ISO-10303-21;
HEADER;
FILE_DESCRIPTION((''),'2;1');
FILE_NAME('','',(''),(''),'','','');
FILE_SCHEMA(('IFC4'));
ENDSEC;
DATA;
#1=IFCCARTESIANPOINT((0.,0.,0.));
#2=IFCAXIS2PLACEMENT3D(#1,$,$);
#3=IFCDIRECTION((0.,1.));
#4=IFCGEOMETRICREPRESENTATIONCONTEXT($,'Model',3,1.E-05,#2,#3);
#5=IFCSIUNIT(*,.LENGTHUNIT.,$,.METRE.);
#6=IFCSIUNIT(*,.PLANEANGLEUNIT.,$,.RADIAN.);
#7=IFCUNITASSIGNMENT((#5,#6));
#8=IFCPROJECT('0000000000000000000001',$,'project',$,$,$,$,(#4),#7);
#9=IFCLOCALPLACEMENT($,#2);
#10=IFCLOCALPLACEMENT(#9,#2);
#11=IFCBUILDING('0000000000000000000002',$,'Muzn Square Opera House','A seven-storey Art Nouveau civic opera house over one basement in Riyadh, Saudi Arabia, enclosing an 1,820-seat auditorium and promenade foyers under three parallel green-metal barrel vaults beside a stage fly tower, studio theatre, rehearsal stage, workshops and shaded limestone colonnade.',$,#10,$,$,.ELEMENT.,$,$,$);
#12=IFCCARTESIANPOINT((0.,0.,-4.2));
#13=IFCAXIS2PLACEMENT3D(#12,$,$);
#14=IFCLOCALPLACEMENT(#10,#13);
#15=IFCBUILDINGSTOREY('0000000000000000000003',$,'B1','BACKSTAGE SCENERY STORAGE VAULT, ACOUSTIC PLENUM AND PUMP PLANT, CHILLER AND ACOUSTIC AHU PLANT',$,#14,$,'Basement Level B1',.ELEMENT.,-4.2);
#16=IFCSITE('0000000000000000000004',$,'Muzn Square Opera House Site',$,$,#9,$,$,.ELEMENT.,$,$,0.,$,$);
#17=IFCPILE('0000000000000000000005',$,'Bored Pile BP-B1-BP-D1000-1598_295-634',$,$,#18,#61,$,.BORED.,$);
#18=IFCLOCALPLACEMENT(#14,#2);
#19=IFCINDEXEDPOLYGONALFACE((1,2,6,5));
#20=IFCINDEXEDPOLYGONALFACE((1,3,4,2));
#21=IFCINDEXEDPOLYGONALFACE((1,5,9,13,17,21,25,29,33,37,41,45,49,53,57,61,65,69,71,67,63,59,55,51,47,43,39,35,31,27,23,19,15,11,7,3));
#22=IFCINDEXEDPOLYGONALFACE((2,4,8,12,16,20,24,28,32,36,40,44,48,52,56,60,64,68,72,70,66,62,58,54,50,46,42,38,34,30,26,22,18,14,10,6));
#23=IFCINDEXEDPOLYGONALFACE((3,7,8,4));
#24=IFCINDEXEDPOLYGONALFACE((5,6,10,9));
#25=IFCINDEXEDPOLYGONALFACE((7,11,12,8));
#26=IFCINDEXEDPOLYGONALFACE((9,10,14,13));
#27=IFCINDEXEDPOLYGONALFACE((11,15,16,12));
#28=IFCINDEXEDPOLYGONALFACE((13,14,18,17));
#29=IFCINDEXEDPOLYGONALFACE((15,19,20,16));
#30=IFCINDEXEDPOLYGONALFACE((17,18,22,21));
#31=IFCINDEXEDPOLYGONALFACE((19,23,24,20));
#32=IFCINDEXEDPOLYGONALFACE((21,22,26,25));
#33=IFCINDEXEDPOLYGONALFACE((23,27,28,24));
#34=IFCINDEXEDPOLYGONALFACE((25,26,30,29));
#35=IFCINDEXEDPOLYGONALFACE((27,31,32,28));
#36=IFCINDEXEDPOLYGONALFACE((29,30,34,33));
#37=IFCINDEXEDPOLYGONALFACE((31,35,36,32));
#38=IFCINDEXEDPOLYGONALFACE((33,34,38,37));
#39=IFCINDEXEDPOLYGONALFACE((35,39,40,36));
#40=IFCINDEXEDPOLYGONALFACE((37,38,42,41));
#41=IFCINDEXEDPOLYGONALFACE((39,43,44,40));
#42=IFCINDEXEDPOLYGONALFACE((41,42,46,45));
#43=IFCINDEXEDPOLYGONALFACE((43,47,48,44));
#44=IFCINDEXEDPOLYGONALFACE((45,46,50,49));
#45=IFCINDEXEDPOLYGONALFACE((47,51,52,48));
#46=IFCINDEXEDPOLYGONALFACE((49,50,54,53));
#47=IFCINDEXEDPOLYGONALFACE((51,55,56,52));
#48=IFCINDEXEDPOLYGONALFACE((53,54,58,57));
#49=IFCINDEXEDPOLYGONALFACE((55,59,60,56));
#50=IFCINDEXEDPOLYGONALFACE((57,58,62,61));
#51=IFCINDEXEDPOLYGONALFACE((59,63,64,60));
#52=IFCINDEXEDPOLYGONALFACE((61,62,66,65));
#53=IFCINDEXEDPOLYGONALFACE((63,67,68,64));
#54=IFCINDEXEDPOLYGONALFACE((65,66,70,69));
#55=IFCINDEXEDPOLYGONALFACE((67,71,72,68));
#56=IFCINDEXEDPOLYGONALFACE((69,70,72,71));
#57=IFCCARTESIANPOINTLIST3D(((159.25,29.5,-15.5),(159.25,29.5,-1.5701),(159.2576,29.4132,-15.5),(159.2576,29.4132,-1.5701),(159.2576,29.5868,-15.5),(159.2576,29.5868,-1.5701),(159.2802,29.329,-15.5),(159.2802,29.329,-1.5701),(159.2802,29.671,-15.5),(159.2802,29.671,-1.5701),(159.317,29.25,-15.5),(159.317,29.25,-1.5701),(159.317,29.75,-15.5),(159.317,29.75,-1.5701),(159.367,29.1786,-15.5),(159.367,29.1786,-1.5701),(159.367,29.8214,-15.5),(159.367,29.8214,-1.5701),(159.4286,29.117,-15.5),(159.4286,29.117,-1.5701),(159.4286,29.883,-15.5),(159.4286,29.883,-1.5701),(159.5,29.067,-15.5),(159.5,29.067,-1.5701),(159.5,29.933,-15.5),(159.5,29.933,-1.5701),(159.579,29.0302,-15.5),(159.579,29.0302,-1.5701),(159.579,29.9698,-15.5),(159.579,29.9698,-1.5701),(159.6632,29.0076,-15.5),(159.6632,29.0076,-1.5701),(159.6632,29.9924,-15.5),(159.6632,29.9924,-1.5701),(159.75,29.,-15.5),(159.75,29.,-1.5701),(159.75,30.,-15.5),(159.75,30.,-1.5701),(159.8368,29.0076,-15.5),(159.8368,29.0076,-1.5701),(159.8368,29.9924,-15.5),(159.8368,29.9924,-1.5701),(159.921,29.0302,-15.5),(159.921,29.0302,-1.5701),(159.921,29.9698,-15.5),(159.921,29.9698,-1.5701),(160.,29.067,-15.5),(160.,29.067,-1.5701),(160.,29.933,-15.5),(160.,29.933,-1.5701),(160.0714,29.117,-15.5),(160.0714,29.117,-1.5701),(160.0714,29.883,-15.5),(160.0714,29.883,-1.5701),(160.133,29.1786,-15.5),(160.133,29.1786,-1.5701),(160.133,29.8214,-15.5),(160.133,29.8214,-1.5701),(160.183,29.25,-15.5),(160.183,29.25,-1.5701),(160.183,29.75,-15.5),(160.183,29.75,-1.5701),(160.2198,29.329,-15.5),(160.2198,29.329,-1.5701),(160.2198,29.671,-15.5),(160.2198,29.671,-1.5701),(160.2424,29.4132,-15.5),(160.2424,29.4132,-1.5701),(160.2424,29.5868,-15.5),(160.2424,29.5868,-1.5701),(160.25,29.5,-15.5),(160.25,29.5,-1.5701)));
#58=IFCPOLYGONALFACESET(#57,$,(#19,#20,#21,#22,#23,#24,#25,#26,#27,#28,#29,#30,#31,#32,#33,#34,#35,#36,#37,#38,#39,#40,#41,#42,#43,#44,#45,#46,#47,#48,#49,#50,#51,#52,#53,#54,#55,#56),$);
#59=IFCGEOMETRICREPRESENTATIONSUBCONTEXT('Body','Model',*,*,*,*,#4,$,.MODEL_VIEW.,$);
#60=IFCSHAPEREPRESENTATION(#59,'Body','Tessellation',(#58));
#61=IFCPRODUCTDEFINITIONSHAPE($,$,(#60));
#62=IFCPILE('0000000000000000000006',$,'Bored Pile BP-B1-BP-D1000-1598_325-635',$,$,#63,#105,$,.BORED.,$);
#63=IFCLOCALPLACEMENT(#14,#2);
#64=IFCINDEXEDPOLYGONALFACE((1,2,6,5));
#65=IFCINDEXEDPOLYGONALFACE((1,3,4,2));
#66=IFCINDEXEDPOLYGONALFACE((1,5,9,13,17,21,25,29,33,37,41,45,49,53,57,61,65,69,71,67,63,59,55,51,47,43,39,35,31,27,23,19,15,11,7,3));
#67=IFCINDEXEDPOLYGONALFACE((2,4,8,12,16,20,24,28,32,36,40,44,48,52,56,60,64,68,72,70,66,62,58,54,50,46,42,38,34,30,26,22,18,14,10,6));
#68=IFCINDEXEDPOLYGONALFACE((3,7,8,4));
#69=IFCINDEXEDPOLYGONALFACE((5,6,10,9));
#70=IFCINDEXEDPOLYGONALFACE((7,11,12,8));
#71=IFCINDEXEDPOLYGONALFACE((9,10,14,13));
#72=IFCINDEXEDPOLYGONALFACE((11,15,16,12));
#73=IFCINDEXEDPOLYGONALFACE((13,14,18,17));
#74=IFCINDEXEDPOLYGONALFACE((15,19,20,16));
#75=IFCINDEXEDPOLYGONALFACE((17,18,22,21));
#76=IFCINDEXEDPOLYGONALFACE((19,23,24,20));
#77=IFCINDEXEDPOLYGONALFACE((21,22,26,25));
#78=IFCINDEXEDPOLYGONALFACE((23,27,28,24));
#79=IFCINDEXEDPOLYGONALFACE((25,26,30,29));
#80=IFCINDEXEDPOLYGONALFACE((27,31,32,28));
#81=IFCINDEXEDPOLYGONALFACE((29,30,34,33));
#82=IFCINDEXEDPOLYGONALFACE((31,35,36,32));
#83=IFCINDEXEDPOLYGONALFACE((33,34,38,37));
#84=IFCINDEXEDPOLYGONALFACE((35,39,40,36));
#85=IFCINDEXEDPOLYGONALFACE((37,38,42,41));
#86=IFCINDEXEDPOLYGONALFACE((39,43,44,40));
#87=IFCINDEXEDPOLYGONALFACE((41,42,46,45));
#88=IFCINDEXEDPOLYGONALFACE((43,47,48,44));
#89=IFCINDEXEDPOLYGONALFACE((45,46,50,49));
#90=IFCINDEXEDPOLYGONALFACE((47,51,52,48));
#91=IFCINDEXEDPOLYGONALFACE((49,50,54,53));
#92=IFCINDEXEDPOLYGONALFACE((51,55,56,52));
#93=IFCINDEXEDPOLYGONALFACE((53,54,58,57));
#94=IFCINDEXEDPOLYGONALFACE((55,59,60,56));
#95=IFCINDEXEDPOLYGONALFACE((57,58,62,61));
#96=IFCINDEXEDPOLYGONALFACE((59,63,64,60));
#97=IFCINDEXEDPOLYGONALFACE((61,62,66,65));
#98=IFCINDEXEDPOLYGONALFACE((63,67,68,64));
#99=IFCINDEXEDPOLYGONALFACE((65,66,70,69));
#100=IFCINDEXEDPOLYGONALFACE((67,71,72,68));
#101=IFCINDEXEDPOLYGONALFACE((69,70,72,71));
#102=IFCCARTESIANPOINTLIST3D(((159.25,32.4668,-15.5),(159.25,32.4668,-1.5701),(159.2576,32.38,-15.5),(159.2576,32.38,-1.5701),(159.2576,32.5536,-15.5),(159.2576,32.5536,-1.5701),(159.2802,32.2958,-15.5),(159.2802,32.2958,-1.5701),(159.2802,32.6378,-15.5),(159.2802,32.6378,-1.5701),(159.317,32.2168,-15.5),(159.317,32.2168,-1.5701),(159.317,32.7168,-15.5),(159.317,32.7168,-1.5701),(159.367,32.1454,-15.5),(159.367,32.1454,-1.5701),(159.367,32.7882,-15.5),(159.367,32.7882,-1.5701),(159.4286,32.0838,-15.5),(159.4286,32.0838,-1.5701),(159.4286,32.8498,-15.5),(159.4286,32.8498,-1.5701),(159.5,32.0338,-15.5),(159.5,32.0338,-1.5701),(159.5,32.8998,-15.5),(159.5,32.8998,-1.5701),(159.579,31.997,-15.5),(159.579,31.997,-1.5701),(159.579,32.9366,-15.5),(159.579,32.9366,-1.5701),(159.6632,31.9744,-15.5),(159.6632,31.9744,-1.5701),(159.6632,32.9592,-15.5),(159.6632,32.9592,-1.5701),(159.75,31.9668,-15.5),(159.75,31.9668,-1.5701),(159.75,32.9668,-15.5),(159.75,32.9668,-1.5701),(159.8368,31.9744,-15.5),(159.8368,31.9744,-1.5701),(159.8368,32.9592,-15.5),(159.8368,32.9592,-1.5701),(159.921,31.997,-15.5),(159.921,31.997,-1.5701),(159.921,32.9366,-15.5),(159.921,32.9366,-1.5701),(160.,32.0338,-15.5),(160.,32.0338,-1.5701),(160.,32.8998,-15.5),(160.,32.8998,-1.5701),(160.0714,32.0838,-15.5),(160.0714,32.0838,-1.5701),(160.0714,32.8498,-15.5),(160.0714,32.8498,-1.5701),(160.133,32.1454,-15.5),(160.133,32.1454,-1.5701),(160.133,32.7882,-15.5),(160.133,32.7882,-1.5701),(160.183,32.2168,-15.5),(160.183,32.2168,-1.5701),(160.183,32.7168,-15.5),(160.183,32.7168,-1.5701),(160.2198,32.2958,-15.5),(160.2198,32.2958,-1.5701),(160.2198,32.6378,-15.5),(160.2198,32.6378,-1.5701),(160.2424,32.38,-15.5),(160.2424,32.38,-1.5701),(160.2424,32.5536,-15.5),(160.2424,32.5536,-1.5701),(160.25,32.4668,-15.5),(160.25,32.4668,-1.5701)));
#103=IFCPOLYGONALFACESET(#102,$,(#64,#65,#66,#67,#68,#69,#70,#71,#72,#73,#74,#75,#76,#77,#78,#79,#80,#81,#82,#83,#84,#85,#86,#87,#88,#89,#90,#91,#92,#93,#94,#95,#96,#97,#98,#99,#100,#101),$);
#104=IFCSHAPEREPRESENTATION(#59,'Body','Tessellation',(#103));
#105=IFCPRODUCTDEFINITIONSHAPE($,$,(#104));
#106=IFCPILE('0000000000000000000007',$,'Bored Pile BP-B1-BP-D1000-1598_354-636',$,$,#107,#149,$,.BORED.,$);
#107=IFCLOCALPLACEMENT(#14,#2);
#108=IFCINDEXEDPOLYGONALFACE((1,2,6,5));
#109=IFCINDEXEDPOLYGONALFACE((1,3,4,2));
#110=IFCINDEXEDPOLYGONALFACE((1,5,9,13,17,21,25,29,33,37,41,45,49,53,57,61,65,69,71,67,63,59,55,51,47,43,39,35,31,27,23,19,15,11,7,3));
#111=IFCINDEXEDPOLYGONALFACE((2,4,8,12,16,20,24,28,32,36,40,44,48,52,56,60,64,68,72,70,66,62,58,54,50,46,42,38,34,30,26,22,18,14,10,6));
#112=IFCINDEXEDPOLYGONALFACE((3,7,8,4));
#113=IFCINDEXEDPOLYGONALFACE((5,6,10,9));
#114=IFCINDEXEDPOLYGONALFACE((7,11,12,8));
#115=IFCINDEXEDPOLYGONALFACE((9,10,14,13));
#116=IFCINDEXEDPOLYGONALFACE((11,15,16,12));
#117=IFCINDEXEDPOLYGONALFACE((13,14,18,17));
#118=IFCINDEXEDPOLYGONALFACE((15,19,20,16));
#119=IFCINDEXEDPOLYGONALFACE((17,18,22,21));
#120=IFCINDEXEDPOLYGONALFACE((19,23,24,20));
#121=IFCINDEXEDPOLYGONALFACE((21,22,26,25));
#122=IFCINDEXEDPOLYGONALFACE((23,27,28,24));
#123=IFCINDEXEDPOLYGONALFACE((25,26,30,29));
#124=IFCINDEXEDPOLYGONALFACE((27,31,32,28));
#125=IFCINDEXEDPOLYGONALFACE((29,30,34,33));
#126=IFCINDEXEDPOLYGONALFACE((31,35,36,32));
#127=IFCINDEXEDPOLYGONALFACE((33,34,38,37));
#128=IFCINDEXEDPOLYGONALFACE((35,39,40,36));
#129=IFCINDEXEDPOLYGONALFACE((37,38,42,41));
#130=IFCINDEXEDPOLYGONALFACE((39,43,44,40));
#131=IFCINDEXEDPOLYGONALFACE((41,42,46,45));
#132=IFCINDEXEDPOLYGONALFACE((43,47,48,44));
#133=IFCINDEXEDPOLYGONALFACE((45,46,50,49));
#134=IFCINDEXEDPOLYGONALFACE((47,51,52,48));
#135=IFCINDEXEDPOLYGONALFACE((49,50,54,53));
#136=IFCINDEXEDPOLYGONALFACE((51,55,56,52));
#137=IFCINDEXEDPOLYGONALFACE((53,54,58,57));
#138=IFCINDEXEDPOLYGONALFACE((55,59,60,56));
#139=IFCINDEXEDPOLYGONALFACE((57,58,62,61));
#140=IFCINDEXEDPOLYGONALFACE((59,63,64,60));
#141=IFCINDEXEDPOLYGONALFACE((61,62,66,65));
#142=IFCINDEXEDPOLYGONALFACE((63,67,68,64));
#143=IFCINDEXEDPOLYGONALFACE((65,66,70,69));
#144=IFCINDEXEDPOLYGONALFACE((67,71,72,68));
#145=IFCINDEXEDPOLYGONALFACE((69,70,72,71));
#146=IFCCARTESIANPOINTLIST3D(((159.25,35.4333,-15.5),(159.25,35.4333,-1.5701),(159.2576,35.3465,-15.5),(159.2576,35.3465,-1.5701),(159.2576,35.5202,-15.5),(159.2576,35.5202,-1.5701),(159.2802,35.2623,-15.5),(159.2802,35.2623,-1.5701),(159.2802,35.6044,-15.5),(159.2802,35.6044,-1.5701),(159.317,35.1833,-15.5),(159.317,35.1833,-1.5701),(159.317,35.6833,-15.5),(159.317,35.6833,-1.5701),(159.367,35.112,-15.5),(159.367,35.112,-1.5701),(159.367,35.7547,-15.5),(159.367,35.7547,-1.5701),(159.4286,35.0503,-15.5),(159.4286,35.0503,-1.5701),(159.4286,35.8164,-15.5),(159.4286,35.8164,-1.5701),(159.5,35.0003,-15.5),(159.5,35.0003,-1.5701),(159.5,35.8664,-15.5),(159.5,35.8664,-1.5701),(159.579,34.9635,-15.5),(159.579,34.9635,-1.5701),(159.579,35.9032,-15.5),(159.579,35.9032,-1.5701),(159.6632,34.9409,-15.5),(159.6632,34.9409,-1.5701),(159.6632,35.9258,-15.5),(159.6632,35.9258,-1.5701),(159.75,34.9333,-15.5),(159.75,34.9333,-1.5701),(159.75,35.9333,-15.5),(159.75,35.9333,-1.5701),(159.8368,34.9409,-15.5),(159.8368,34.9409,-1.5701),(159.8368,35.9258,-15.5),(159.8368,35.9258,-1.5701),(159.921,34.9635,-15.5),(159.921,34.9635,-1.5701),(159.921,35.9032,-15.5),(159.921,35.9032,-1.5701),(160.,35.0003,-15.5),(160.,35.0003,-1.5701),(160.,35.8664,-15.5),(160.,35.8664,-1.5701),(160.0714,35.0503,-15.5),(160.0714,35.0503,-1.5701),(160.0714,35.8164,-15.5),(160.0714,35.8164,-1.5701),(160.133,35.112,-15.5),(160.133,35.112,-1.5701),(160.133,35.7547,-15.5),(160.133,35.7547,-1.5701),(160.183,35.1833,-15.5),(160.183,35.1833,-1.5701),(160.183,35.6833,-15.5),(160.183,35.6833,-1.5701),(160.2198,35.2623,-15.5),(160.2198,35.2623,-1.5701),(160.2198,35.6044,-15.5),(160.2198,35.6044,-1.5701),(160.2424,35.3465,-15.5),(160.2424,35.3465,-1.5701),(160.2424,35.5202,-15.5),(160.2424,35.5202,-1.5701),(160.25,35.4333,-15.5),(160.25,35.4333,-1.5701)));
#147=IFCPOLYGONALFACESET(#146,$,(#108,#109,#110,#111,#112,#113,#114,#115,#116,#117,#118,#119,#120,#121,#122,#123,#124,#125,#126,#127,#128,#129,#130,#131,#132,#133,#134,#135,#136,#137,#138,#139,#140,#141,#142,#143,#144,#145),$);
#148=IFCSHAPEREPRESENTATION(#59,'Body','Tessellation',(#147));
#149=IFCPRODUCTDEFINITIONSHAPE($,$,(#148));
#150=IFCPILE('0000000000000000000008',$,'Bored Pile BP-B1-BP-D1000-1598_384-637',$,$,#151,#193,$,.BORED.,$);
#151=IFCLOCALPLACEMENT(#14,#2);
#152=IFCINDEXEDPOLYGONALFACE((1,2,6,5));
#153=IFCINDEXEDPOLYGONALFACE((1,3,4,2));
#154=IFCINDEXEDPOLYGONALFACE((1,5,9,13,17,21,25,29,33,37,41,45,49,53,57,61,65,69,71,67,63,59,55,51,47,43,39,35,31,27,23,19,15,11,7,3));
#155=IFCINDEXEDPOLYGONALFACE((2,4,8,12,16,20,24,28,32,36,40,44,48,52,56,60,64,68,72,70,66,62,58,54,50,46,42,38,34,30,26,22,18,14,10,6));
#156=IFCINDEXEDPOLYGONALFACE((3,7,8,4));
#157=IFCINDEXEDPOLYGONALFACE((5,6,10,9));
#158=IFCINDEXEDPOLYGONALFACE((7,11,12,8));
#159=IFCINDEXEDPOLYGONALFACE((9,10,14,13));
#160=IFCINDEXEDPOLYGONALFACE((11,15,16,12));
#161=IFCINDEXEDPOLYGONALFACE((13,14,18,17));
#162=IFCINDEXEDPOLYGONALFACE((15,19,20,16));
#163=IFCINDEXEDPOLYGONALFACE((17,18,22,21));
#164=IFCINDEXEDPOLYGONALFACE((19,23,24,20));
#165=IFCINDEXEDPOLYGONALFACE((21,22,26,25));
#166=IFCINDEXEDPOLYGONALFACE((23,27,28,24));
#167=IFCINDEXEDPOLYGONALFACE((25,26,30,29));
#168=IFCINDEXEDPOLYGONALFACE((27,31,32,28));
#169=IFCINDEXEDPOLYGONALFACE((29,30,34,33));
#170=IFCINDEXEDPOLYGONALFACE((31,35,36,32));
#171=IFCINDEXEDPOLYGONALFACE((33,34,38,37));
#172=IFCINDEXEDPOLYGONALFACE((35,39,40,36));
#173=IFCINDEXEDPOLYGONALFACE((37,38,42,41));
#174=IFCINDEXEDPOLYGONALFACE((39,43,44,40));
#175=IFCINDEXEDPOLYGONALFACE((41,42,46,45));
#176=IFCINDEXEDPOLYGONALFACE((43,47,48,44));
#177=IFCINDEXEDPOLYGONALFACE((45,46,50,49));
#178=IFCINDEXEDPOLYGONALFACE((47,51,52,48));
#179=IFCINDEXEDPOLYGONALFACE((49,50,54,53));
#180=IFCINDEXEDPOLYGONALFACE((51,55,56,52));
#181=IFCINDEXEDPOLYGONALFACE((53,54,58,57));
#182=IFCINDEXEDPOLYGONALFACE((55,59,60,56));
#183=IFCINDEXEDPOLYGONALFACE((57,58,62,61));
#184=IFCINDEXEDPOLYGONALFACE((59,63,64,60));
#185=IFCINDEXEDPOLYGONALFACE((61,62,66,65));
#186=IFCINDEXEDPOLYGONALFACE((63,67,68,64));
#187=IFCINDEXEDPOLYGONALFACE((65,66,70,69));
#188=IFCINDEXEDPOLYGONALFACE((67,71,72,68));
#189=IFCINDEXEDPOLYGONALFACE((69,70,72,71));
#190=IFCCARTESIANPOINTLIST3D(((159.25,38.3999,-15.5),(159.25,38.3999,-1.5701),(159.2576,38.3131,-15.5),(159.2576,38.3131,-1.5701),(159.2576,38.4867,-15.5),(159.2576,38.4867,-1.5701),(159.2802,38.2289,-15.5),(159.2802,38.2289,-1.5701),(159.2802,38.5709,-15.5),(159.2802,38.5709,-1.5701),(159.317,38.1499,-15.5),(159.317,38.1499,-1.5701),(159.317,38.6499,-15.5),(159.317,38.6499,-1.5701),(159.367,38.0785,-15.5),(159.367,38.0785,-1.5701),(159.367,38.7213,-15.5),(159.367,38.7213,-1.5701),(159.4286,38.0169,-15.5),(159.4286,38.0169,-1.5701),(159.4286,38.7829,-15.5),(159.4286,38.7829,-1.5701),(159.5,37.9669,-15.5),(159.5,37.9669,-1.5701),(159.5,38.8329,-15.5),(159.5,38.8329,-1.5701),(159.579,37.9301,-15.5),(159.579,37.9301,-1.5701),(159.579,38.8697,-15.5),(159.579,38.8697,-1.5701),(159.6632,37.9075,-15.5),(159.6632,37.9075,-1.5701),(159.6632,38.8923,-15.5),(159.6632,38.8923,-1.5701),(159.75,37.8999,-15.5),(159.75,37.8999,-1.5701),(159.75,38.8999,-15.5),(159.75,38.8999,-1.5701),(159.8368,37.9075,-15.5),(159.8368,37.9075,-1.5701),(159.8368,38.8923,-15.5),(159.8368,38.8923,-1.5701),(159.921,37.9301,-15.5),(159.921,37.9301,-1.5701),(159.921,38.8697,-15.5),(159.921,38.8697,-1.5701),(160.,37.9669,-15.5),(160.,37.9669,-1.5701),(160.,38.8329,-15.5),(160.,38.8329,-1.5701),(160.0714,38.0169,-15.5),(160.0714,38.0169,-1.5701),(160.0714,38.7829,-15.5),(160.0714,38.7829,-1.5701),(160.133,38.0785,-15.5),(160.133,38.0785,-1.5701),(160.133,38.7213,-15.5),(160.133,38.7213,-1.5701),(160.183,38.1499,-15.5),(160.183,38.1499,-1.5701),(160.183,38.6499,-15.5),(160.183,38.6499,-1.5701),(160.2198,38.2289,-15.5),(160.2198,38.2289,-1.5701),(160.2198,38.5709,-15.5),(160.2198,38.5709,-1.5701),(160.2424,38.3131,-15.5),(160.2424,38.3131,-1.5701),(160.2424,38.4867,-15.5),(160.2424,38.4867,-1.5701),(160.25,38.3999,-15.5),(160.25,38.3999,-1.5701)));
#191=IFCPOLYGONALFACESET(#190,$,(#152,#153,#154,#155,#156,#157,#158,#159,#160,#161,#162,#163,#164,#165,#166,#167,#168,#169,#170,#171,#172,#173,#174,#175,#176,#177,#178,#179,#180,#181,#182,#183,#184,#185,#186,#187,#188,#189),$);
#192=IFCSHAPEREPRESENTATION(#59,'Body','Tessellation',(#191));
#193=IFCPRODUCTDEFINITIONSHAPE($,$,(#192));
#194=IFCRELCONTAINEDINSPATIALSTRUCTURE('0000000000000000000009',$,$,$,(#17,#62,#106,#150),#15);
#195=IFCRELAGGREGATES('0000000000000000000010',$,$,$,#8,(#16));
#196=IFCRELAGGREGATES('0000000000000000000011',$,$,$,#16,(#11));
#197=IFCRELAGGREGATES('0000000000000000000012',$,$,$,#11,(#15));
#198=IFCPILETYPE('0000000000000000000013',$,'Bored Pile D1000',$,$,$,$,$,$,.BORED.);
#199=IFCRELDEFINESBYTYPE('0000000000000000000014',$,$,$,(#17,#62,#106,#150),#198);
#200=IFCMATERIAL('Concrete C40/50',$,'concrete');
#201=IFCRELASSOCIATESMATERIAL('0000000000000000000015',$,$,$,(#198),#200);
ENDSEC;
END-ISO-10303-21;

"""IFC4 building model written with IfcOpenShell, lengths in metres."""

from ifc_helpers import new_model, si_unit, direction, frame, origin, origin_2d, place, context, subcontext, project, spatial, circle, extrude, material, material_profile, profile_set, type_object, element, save


model = new_model("IFC4")

# Units and contexts
model_context = context("Model", 3, precision=1e-05, world=origin(), true_north=direction((0.0, 1.0)))
body_context = subcontext(model_context, "Body", "Model", "MODEL_VIEW")
ifc_project = project(units=[si_unit("LENGTHUNIT", "METRE"), si_unit("PLANEANGLEUNIT", "RADIAN")], contexts=[model_context])

# Site, building, storey
site_placement = place(None, origin())
site = spatial("IfcSite", under=ifc_project, at=site_placement, Name="Muzn Square Opera House Site", CompositionType="ELEMENT", RefElevation=0.0)
building_placement = place(site_placement, origin())
building = spatial("IfcBuilding", under=site, at=building_placement, Name="Muzn Square Opera House", Description="A seven-storey Art Nouveau civic opera house over one basement in Riyadh, Saudi Arabia, enclosing an 1,820-seat auditorium and promenade foyers under three parallel green-metal barrel vaults beside a stage fly tower, studio theatre, rehearsal stage, workshops and shaded limestone colonnade.", CompositionType="ELEMENT")
storey_placement = place(building_placement, frame((0.0, 0.0, -4.2)))
storey = spatial("IfcBuildingStorey", under=building, at=storey_placement, Name="B1", Description="BACKSTAGE SCENERY STORAGE VAULT, ACOUSTIC PLENUM AND PUMP PLANT, CHILLER AND ACOUSTIC AHU PLANT", LongName="Basement Level B1", CompositionType="ELEMENT", Elevation=-4.2)

# Piles
ifc_material_1 = material(Name="Concrete C40/50", Category="concrete")
ifc_material_profile_1 = material_profile(ifc_material_1, circle(Radius=0.5, at=origin_2d()), Name="BORED PILE D1000", Category="concrete")
ifc_profile_set_1 = profile_set([ifc_material_profile_1], Name="Concrete C40/50")
pile_type = type_object("IfcPileType", Name="Bored Pile D1000", PredefinedType="BORED", material=ifc_profile_set_1)
for number, where, z_axis, x_axis, name in (
    (1, (159.75, 29.5, -1.5701), (0.0, 0.0, -1.0), (1.0, 0.0, 0.0), "Bored Pile BP-B1-BP-D1000-1598_295-634"),
    (2, (159.75, 32.4668, -1.5701), (0.0, 0.0, -1.0), (1.0, 0.0, 0.0), "Bored Pile BP-B1-BP-D1000-1598_325-635"),
    (3, (159.75, 35.4333, -1.5701), (0.0, 0.0, -1.0), (1.0, 0.0, 0.0), "Bored Pile BP-B1-BP-D1000-1598_354-636"),
    (4, (159.75, 38.3999, -1.5701), (0.0, 0.0, -1.0), (1.0, 0.0, 0.0), "Bored Pile BP-B1-BP-D1000-1598_384-637"),
):
    element("IfcPile", number, at=place(storey_placement, frame(where, z_axis=z_axis, x_axis=x_axis)), inside=storey, type_object=pile_type, Name=name, PredefinedType="BORED", context=body_context, shape_type="SweptSolid", body=[
        extrude(circle(Radius=0.5, at=origin_2d()), origin(), (0.0, 0.0, 1.0), 13.9299),
    ])

save(model, "model.ifc")
